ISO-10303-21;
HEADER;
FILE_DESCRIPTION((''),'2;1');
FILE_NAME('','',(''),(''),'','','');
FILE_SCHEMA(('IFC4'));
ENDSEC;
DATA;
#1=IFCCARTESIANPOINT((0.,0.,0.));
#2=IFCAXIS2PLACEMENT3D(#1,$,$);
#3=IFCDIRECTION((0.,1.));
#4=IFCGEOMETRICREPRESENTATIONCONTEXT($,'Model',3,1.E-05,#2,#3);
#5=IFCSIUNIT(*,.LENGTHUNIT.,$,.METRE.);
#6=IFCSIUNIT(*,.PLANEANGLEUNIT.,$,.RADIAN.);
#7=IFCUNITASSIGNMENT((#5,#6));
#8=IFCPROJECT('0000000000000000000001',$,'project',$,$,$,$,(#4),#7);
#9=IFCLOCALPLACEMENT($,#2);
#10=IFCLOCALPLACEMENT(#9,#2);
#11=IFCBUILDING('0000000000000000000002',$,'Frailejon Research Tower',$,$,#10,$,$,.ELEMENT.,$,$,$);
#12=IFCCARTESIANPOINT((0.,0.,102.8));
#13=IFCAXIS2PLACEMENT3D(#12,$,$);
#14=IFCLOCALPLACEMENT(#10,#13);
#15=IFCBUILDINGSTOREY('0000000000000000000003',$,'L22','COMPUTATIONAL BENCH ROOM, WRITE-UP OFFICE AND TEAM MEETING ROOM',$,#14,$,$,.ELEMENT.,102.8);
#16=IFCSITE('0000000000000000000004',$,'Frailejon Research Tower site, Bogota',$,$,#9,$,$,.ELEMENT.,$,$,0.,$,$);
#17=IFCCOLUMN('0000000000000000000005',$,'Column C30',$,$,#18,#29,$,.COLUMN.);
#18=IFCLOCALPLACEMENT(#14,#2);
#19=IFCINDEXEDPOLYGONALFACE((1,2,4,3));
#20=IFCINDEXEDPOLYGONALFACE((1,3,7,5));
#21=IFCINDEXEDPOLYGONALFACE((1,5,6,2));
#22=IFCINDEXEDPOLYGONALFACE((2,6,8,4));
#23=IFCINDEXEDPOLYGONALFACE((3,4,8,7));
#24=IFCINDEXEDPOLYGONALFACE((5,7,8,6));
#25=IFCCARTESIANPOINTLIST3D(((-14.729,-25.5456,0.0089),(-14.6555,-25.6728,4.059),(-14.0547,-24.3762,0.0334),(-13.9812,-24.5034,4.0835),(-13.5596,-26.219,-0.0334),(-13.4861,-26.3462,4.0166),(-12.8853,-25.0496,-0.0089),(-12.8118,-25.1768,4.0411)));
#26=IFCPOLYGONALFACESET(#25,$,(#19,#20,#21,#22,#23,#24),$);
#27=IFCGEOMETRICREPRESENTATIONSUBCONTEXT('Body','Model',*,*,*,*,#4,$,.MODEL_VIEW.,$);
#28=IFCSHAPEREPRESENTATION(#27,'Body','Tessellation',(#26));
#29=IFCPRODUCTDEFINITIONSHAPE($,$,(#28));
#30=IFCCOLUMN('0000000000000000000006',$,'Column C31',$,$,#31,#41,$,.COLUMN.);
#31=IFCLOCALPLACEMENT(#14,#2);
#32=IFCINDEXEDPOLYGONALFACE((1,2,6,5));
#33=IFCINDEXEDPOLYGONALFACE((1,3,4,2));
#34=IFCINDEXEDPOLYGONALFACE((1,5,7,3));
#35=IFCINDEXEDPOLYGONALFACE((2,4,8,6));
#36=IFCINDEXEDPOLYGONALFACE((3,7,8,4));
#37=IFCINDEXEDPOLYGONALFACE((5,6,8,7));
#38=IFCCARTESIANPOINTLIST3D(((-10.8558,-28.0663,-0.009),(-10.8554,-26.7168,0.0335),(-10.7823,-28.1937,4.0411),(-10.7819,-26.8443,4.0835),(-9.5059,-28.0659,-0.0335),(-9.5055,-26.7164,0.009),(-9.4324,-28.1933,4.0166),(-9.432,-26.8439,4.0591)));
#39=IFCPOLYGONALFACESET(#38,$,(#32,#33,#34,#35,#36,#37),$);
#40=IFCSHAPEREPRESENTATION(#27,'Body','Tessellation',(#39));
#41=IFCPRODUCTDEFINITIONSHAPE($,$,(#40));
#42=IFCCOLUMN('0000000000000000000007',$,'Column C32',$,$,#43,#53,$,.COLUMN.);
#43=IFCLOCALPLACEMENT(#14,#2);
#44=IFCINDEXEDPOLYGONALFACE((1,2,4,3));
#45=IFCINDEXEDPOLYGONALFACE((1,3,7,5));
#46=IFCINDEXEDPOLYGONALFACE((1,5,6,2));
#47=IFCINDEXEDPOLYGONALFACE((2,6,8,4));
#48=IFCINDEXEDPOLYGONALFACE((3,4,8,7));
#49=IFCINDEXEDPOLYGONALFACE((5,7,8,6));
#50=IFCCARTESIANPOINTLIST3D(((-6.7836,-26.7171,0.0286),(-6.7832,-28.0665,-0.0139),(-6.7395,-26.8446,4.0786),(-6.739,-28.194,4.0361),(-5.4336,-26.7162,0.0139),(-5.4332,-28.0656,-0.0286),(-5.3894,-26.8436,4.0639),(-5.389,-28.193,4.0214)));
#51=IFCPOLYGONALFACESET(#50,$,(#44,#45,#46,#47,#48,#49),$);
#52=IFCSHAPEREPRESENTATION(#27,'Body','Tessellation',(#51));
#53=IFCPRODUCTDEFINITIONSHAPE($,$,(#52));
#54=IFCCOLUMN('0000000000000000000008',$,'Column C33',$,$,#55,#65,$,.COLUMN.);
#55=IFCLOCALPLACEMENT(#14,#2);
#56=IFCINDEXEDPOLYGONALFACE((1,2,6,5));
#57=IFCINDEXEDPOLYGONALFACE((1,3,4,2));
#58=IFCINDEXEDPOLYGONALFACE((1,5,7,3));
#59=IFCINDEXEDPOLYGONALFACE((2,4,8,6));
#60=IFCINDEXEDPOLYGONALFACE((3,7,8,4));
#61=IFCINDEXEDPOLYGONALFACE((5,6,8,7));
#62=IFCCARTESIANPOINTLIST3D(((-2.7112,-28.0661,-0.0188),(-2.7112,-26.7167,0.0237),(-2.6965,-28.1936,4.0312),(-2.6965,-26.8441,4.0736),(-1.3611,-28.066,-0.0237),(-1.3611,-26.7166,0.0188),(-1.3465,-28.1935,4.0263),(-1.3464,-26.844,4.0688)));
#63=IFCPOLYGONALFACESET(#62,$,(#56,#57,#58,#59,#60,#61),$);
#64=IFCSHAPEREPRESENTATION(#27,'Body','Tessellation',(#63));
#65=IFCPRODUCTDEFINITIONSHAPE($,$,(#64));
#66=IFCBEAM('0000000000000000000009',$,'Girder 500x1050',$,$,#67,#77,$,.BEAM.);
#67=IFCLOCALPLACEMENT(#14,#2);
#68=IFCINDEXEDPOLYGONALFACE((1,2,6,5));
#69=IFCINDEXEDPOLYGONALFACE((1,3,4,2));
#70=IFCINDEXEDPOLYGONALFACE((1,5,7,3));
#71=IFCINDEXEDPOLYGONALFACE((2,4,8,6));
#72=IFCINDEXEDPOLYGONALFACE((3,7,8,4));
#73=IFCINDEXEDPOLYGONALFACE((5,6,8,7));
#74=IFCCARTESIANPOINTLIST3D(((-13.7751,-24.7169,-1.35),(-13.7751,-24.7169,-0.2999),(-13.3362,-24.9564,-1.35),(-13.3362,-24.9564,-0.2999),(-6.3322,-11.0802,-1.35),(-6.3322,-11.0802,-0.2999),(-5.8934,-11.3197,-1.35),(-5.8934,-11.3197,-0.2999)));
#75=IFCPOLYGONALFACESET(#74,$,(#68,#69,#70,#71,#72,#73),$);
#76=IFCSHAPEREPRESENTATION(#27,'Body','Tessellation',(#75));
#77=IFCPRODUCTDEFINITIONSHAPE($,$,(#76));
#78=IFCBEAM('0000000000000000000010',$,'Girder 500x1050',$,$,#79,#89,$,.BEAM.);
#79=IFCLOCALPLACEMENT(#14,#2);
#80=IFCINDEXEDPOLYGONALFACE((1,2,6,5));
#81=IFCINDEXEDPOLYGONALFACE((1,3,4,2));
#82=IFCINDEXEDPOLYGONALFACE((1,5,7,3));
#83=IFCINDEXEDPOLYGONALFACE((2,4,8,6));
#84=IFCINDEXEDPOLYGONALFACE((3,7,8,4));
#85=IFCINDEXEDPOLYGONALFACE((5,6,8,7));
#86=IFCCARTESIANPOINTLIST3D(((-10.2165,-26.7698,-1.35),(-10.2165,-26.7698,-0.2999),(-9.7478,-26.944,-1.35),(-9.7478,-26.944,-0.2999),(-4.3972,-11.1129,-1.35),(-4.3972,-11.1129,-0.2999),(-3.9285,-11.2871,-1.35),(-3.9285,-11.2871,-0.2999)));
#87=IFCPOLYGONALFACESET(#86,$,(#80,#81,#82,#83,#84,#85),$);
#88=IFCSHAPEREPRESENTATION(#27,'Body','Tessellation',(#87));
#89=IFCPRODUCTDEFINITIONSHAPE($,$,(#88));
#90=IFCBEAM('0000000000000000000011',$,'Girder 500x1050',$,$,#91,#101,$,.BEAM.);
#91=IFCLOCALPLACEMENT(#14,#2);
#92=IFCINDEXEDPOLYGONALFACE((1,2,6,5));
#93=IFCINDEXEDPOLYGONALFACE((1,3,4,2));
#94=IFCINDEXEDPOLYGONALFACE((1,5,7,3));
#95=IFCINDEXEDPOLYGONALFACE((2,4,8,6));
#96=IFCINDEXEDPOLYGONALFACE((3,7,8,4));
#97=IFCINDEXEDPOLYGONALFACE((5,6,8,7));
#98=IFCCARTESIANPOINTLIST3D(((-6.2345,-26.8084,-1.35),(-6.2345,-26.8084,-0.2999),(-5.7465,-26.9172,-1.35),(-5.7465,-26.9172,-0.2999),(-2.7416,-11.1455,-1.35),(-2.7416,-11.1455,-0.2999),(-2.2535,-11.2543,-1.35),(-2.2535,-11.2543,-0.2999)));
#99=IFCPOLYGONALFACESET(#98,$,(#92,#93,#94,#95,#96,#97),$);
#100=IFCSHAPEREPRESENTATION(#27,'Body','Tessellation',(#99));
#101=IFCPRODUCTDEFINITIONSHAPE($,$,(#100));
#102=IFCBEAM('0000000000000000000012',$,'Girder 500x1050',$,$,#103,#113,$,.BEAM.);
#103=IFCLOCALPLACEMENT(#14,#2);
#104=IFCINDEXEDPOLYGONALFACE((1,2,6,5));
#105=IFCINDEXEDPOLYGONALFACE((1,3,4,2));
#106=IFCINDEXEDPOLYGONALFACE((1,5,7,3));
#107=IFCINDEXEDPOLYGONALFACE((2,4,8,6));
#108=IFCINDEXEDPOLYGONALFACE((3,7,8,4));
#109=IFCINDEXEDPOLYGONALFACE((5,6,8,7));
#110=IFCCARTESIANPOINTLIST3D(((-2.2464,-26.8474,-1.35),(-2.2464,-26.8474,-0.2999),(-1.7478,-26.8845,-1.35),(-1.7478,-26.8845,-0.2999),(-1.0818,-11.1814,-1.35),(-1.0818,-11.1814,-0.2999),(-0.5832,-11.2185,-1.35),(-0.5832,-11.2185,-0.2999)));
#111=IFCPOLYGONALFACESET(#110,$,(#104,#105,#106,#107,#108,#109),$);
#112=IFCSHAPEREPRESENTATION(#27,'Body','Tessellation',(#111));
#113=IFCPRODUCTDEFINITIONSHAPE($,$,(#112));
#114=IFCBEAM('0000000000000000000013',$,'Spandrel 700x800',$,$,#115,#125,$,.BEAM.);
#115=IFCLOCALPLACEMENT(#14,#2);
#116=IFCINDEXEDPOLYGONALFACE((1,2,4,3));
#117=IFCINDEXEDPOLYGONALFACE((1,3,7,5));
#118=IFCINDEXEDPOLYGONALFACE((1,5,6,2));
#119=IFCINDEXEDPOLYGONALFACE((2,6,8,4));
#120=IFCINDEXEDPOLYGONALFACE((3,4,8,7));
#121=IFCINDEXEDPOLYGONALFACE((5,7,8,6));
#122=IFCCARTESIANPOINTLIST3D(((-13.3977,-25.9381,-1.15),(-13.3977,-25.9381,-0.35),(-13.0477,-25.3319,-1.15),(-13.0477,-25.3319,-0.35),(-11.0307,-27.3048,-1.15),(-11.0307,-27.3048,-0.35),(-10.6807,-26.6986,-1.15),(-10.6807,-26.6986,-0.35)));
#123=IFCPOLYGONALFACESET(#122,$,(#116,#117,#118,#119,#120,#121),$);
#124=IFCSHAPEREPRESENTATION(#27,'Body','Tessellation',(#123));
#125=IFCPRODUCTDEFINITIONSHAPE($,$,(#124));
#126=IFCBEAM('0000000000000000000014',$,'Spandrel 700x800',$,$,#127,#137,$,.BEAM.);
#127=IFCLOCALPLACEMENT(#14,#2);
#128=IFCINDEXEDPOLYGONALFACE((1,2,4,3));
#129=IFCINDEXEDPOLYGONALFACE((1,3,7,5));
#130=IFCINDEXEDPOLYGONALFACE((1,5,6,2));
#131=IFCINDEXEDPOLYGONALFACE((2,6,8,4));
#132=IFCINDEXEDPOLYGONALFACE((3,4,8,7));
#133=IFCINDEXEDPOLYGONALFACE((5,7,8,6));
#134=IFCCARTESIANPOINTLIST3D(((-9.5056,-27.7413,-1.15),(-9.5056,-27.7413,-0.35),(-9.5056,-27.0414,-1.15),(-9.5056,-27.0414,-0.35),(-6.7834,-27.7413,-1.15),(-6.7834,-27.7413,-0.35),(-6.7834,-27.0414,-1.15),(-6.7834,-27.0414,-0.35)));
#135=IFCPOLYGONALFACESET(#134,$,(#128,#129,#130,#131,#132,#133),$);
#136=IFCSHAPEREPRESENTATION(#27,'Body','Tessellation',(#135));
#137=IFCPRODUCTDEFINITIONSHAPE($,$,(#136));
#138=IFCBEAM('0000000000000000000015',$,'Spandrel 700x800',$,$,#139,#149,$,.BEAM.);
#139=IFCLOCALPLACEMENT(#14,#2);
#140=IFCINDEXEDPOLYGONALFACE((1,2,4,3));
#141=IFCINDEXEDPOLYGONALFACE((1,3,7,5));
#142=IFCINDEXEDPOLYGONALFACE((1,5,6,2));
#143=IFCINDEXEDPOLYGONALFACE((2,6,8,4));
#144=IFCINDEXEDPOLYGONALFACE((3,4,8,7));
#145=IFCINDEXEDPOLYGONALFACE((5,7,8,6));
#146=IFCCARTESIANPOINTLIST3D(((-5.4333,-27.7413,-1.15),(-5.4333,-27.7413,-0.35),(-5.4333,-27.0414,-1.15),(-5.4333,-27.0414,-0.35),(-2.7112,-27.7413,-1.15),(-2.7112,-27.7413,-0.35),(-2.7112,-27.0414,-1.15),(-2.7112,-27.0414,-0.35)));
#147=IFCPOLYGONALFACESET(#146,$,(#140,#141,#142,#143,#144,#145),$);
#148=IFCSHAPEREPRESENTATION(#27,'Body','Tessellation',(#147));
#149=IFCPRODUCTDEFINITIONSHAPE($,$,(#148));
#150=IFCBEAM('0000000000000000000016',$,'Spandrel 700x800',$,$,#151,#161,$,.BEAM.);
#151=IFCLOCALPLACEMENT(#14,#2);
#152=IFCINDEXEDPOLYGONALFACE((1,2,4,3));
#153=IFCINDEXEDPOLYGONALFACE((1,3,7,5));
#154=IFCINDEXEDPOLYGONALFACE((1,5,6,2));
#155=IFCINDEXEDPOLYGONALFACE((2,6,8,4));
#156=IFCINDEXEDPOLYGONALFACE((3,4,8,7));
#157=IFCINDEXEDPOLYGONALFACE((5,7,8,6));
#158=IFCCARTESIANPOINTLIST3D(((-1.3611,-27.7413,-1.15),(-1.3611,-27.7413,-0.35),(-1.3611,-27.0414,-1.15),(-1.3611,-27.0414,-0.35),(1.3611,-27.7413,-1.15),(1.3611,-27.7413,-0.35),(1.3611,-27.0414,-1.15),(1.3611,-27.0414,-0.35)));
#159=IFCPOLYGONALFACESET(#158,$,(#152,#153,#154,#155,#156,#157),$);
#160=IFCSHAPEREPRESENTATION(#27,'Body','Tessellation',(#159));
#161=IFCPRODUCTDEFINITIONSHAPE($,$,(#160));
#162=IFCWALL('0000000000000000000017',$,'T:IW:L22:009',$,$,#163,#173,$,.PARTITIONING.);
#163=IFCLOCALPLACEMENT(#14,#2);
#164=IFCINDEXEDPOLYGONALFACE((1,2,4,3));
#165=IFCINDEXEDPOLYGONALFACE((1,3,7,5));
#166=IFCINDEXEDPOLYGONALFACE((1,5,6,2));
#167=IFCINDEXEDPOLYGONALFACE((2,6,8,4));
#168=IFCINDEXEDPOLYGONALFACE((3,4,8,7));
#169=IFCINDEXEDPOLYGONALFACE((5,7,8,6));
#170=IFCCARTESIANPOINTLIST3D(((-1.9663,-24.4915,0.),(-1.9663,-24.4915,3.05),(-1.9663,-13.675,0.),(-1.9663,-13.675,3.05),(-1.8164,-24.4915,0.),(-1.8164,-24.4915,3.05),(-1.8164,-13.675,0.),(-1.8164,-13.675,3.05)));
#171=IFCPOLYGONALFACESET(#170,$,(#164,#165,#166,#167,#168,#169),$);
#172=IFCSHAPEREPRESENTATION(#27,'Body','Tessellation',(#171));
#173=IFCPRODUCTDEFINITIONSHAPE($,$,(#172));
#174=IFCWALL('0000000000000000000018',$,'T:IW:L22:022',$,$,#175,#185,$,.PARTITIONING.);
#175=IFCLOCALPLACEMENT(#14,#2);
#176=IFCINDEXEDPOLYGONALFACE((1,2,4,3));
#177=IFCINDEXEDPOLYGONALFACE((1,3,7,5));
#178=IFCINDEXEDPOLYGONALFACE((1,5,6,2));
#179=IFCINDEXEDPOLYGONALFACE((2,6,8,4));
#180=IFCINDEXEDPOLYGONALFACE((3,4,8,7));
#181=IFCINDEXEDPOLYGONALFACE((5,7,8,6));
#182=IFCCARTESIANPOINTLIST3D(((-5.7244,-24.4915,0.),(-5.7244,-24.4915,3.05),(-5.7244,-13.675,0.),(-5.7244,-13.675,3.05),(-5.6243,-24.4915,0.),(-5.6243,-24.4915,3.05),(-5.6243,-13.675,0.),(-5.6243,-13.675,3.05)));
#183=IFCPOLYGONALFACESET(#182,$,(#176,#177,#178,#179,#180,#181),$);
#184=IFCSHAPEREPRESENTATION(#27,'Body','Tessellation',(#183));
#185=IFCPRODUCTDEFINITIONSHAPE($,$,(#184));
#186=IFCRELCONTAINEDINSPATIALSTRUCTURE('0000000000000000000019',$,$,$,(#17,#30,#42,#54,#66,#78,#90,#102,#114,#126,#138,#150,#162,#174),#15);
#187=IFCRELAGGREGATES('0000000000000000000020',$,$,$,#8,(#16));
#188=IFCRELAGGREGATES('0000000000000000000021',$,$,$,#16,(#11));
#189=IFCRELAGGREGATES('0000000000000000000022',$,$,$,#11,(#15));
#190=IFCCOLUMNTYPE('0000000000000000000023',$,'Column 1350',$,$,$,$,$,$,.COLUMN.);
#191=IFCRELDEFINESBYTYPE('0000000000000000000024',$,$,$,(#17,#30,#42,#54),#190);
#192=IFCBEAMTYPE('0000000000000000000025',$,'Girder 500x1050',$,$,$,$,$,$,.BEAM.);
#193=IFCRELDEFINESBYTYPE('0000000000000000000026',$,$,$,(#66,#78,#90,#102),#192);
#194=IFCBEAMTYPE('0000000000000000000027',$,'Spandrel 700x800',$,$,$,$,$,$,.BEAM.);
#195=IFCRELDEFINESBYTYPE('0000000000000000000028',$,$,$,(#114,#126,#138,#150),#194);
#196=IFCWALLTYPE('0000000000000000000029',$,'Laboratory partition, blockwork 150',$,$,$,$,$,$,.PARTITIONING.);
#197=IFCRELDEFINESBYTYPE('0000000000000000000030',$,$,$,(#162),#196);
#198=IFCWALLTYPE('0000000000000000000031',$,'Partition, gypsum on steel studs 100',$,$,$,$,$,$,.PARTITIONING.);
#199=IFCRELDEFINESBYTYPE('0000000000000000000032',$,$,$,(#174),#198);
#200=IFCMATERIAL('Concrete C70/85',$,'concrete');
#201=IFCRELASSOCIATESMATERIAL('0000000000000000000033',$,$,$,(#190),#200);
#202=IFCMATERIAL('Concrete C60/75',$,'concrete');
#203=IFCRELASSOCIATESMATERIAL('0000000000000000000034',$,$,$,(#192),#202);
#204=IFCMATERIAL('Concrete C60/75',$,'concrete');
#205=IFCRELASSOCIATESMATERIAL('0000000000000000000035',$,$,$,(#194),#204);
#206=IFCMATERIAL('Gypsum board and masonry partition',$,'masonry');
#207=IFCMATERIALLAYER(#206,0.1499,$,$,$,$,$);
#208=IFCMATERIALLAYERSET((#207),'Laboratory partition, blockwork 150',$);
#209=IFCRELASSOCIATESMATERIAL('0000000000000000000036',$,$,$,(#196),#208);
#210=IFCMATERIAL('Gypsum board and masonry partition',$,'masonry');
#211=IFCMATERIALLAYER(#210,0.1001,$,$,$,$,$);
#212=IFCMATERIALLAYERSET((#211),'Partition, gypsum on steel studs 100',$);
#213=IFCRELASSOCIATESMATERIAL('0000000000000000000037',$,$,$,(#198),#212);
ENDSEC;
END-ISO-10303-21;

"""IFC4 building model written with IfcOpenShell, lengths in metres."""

from ifc_helpers import new_model, si_unit, direction, frame, frame_2d, origin, origin_2d, place, context, subcontext, project, spatial, rectangle, extrude, material, layer, layer_set, material_profile, profile_set, type_object, element, save


model = new_model("IFC4")

# Units and contexts
model_context = context("Model", 3, precision=1e-05, world=origin(), true_north=direction((0.0, 1.0)))
body_context = subcontext(model_context, "Body", "Model", "MODEL_VIEW")
ifc_project = project(units=[si_unit("LENGTHUNIT", "METRE"), si_unit("PLANEANGLEUNIT", "RADIAN")], contexts=[model_context])

# Site, building, storey
site_placement = place(None, origin())
site = spatial("IfcSite", under=ifc_project, at=site_placement, Name="Frailejon Research Tower site, Bogota", CompositionType="ELEMENT", RefElevation=0.0)
building_placement = place(site_placement, origin())
building = spatial("IfcBuilding", under=site, at=building_placement, Name="Frailejon Research Tower", CompositionType="ELEMENT")
storey_placement = place(building_placement, frame((0.0, 0.0, 102.8)))
storey = spatial("IfcBuildingStorey", under=building, at=storey_placement, Name="L22", Description="COMPUTATIONAL BENCH ROOM, WRITE-UP OFFICE AND TEAM MEETING ROOM", CompositionType="ELEMENT", Elevation=102.8)

# Columns
ifc_material_1 = material(Name="Concrete C70/85", Category="concrete")
ifc_material_profile_1 = material_profile(ifc_material_1, rectangle(XDim=1.3501, YDim=1.3501, at=origin_2d()), Name="Column 1350")
ifc_profile_set_1 = profile_set([ifc_material_profile_1], Name="Concrete C70/85")
column_type = type_object("IfcColumnType", Name="Column 1350", PredefinedType="COLUMN", material=ifc_profile_set_1)
for number, where, z_axis, x_axis, name in (
    (1, (-13.8071, -25.2976, 0.0), (0.018133, -0.031386, 0.999343), (0.866156, -0.498787, -0.031381), "Column C30"),
    (2, (-10.1807, -27.3914, 0.0), (0.018133, -0.031446, 0.999341), (0.999836, 0.000286, -0.018133), "Column C31"),
):
    element("IfcColumn", number, at=place(storey_placement, frame(where, z_axis=z_axis, x_axis=x_axis)), inside=storey, type_object=column_type, Name=name, PredefinedType="COLUMN", context=body_context, shape_type="SweptSolid", body=[
        extrude(rectangle(XDim=1.3501, YDim=1.3501, at=origin_2d()), origin(), (0.0, 0.0, 1.0), 4.0527),
    ])
column_1_placement = place(storey_placement, frame((-6.1084, -27.3914, 0.0), z_axis=(0.010905, -0.031449, 0.999446), x_axis=(0.99994, 0.000694, -0.010888)))
element("IfcColumn", 3, at=column_1_placement, inside=storey, type_object=column_type, Name="Column C32", PredefinedType="COLUMN", context=body_context, shape_type="SweptSolid", body=[
    extrude(rectangle(XDim=1.3501, YDim=1.3501, at=origin_2d()), origin(), (0.0, 0.0, 1.0), 4.0522),
])
column_2_placement = place(storey_placement, frame((-2.0361, -27.3914, 0.0), z_axis=(0.003615, -0.031451, 0.999499), x_axis=(0.999993, 0.000089, -0.003614)))
element("IfcColumn", 4, at=column_2_placement, inside=storey, type_object=column_type, Name="Column C33", PredefinedType="COLUMN", context=body_context, shape_type="SweptSolid", body=[
    extrude(rectangle(XDim=1.3501, YDim=1.3501, at=origin_2d()), origin(), (0.0, 0.0, 1.0), 4.052),
])

# Beams
ifc_material_2 = material(Name="Concrete C60/75", Category="concrete")
ifc_material_profile_2 = material_profile(ifc_material_2, rectangle(XDim=0.5, YDim=1.05, at=origin_2d()), Name="Girder 500x1050")
ifc_profile_set_2 = profile_set([ifc_material_profile_2], Name="Concrete C60/75")
beam_type_1 = type_object("IfcBeamType", Name="Girder 500x1050", PredefinedType="BEAM", material=ifc_profile_set_2)
beam_1_placement = place(storey_placement, frame((-13.5557, -24.8367, -0.825), z_axis=(0.479083, 0.877769, 0.0), x_axis=(-0.877769, 0.479083, 0.0)))
element("IfcBeam", 5, at=beam_1_placement, inside=storey, type_object=beam_type_1, Name="Girder 500x1050", PredefinedType="BEAM", context=body_context, shape_type="SweptSolid", body=[
    extrude(rectangle(XDim=0.5, YDim=1.05, at=origin_2d()), origin(), (0.0, 0.0, 1.0), 15.5356),
])
beam_2_placement = place(storey_placement, frame((-9.9822, -26.8569, -0.825), z_axis=(0.348391, 0.937349, 0.0), x_axis=(-0.937349, 0.348391, 0.0)))
element("IfcBeam", 6, at=beam_2_placement, inside=storey, type_object=beam_type_1, Name="Girder 500x1050", PredefinedType="BEAM", context=body_context, shape_type="SweptSolid", body=[
    extrude(rectangle(XDim=0.5, YDim=1.05, at=origin_2d()), origin(), (0.0, 0.0, 1.0), 16.7034),
])
beam_3_placement = place(storey_placement, frame((-5.9905, -26.8628, -0.825), z_axis=(0.21766, 0.976025, 0.0), x_axis=(-0.976025, 0.21766, 0.0)))
element("IfcBeam", 7, at=beam_3_placement, inside=storey, type_object=beam_type_1, Name="Girder 500x1050", PredefinedType="BEAM", context=body_context, shape_type="SweptSolid", body=[
    extrude(rectangle(XDim=0.5, YDim=1.05, at=origin_2d()), origin(), (0.0, 0.0, 1.0), 16.0476),
])
beam_4_placement = place(storey_placement, frame((-1.9971, -26.866, -0.825), z_axis=(0.074132, 0.997248, 0.0), x_axis=(-0.997248, 0.074132, 0.0)))
element("IfcBeam", 8, at=beam_4_placement, inside=storey, type_object=beam_type_1, Name="Girder 500x1050", PredefinedType="BEAM", context=body_context, shape_type="SweptSolid", body=[
    extrude(rectangle(XDim=0.5, YDim=1.05, at=origin_2d()), origin(), (0.0, 0.0, 1.0), 15.7092),
])
ifc_material_3 = material(Name="Concrete C60/75", Category="concrete")
ifc_material_profile_3 = material_profile(ifc_material_3, rectangle(XDim=0.7, YDim=0.8, at=origin_2d()), Name="Spandrel 700x800")
ifc_profile_set_3 = profile_set([ifc_material_profile_3], Name="Concrete C60/75")
beam_type_2 = type_object("IfcBeamType", Name="Spandrel 700x800", PredefinedType="BEAM", material=ifc_profile_set_3)
beam_5_placement = place(storey_placement, frame((-13.2227, -25.635, -0.75), z_axis=(0.866003, -0.500039, 0.0), x_axis=(0.500039, 0.866003, 0.0)))
element("IfcBeam", 9, at=beam_5_placement, inside=storey, type_object=beam_type_2, Name="Spandrel 700x800", PredefinedType="BEAM", context=body_context, shape_type="SweptSolid", body=[
    extrude(rectangle(XDim=0.7, YDim=0.8, at=origin_2d()), origin(), (0.0, 0.0, 1.0), 2.7332),
])
for number, where, z_axis, x_axis, name in (
    (10, (-9.5056, -27.3914, -0.75), (1.0, 0.0, 0.0), (0.0, 1.0, 0.0), "Spandrel 700x800"),
    (11, (-5.4333, -27.3914, -0.75), (1.0, 0.0, 0.0), (0.0, 1.0, 0.0), "Spandrel 700x800"),
    (12, (-1.3611, -27.3914, -0.75), (1.0, 0.0, 0.0), (0.0, 1.0, 0.0), "Spandrel 700x800"),
):
    element("IfcBeam", number, at=place(storey_placement, frame(where, z_axis=z_axis, x_axis=x_axis)), inside=storey, type_object=beam_type_2, Name=name, PredefinedType="BEAM", context=body_context, shape_type="SweptSolid", body=[
        extrude(rectangle(XDim=0.7, YDim=0.8, at=origin_2d()), origin(), (0.0, 0.0, 1.0), 2.7222),
    ])

# Walls
ifc_material_4 = material(Name="Gypsum board and masonry partition", Category="masonry")
ifc_layer_1 = layer(ifc_material_4, 0.1499)
ifc_layer_set_1 = layer_set([ifc_layer_1], Name="Laboratory partition, blockwork 150")
wall_type_1 = type_object("IfcWallType", Name="Laboratory partition, blockwork 150", PredefinedType="PARTITIONING", material=ifc_layer_set_1)
wall_1_placement = place(storey_placement, frame((-1.8914, -24.4915, 0.0), z_axis=(0.0, 0.0, 1.0), x_axis=(0.0, 1.0, 0.0)))
element("IfcWall", 13, at=wall_1_placement, inside=storey, type_object=wall_type_1, Name="T:IW:L22:009", PredefinedType="PARTITIONING", context=body_context, shape_type="SweptSolid", body=[
    extrude(rectangle(XDim=10.8164, YDim=0.1499, at=frame_2d((5.4082, 0.0))), origin(), (0.0, 0.0, 1.0), 3.05),
])
ifc_material_5 = material(Name="Gypsum board and masonry partition", Category="masonry")
ifc_layer_2 = layer(ifc_material_5, 0.1001)
ifc_layer_set_2 = layer_set([ifc_layer_2], Name="Partition, gypsum on steel studs 100")
wall_type_2 = type_object("IfcWallType", Name="Partition, gypsum on steel studs 100", PredefinedType="PARTITIONING", material=ifc_layer_set_2)
wall_2_placement = place(storey_placement, frame((-5.6743, -24.4915, 0.0), z_axis=(0.0, 0.0, 1.0), x_axis=(0.0, 1.0, 0.0)))
element("IfcWall", 14, at=wall_2_placement, inside=storey, type_object=wall_type_2, Name="T:IW:L22:022", PredefinedType="PARTITIONING", context=body_context, shape_type="SweptSolid", body=[
    extrude(rectangle(XDim=10.8164, YDim=0.1001, at=frame_2d((5.4082, 0.0))), origin(), (0.0, 0.0, 1.0), 3.05),
])

save(model, "model.ifc")
